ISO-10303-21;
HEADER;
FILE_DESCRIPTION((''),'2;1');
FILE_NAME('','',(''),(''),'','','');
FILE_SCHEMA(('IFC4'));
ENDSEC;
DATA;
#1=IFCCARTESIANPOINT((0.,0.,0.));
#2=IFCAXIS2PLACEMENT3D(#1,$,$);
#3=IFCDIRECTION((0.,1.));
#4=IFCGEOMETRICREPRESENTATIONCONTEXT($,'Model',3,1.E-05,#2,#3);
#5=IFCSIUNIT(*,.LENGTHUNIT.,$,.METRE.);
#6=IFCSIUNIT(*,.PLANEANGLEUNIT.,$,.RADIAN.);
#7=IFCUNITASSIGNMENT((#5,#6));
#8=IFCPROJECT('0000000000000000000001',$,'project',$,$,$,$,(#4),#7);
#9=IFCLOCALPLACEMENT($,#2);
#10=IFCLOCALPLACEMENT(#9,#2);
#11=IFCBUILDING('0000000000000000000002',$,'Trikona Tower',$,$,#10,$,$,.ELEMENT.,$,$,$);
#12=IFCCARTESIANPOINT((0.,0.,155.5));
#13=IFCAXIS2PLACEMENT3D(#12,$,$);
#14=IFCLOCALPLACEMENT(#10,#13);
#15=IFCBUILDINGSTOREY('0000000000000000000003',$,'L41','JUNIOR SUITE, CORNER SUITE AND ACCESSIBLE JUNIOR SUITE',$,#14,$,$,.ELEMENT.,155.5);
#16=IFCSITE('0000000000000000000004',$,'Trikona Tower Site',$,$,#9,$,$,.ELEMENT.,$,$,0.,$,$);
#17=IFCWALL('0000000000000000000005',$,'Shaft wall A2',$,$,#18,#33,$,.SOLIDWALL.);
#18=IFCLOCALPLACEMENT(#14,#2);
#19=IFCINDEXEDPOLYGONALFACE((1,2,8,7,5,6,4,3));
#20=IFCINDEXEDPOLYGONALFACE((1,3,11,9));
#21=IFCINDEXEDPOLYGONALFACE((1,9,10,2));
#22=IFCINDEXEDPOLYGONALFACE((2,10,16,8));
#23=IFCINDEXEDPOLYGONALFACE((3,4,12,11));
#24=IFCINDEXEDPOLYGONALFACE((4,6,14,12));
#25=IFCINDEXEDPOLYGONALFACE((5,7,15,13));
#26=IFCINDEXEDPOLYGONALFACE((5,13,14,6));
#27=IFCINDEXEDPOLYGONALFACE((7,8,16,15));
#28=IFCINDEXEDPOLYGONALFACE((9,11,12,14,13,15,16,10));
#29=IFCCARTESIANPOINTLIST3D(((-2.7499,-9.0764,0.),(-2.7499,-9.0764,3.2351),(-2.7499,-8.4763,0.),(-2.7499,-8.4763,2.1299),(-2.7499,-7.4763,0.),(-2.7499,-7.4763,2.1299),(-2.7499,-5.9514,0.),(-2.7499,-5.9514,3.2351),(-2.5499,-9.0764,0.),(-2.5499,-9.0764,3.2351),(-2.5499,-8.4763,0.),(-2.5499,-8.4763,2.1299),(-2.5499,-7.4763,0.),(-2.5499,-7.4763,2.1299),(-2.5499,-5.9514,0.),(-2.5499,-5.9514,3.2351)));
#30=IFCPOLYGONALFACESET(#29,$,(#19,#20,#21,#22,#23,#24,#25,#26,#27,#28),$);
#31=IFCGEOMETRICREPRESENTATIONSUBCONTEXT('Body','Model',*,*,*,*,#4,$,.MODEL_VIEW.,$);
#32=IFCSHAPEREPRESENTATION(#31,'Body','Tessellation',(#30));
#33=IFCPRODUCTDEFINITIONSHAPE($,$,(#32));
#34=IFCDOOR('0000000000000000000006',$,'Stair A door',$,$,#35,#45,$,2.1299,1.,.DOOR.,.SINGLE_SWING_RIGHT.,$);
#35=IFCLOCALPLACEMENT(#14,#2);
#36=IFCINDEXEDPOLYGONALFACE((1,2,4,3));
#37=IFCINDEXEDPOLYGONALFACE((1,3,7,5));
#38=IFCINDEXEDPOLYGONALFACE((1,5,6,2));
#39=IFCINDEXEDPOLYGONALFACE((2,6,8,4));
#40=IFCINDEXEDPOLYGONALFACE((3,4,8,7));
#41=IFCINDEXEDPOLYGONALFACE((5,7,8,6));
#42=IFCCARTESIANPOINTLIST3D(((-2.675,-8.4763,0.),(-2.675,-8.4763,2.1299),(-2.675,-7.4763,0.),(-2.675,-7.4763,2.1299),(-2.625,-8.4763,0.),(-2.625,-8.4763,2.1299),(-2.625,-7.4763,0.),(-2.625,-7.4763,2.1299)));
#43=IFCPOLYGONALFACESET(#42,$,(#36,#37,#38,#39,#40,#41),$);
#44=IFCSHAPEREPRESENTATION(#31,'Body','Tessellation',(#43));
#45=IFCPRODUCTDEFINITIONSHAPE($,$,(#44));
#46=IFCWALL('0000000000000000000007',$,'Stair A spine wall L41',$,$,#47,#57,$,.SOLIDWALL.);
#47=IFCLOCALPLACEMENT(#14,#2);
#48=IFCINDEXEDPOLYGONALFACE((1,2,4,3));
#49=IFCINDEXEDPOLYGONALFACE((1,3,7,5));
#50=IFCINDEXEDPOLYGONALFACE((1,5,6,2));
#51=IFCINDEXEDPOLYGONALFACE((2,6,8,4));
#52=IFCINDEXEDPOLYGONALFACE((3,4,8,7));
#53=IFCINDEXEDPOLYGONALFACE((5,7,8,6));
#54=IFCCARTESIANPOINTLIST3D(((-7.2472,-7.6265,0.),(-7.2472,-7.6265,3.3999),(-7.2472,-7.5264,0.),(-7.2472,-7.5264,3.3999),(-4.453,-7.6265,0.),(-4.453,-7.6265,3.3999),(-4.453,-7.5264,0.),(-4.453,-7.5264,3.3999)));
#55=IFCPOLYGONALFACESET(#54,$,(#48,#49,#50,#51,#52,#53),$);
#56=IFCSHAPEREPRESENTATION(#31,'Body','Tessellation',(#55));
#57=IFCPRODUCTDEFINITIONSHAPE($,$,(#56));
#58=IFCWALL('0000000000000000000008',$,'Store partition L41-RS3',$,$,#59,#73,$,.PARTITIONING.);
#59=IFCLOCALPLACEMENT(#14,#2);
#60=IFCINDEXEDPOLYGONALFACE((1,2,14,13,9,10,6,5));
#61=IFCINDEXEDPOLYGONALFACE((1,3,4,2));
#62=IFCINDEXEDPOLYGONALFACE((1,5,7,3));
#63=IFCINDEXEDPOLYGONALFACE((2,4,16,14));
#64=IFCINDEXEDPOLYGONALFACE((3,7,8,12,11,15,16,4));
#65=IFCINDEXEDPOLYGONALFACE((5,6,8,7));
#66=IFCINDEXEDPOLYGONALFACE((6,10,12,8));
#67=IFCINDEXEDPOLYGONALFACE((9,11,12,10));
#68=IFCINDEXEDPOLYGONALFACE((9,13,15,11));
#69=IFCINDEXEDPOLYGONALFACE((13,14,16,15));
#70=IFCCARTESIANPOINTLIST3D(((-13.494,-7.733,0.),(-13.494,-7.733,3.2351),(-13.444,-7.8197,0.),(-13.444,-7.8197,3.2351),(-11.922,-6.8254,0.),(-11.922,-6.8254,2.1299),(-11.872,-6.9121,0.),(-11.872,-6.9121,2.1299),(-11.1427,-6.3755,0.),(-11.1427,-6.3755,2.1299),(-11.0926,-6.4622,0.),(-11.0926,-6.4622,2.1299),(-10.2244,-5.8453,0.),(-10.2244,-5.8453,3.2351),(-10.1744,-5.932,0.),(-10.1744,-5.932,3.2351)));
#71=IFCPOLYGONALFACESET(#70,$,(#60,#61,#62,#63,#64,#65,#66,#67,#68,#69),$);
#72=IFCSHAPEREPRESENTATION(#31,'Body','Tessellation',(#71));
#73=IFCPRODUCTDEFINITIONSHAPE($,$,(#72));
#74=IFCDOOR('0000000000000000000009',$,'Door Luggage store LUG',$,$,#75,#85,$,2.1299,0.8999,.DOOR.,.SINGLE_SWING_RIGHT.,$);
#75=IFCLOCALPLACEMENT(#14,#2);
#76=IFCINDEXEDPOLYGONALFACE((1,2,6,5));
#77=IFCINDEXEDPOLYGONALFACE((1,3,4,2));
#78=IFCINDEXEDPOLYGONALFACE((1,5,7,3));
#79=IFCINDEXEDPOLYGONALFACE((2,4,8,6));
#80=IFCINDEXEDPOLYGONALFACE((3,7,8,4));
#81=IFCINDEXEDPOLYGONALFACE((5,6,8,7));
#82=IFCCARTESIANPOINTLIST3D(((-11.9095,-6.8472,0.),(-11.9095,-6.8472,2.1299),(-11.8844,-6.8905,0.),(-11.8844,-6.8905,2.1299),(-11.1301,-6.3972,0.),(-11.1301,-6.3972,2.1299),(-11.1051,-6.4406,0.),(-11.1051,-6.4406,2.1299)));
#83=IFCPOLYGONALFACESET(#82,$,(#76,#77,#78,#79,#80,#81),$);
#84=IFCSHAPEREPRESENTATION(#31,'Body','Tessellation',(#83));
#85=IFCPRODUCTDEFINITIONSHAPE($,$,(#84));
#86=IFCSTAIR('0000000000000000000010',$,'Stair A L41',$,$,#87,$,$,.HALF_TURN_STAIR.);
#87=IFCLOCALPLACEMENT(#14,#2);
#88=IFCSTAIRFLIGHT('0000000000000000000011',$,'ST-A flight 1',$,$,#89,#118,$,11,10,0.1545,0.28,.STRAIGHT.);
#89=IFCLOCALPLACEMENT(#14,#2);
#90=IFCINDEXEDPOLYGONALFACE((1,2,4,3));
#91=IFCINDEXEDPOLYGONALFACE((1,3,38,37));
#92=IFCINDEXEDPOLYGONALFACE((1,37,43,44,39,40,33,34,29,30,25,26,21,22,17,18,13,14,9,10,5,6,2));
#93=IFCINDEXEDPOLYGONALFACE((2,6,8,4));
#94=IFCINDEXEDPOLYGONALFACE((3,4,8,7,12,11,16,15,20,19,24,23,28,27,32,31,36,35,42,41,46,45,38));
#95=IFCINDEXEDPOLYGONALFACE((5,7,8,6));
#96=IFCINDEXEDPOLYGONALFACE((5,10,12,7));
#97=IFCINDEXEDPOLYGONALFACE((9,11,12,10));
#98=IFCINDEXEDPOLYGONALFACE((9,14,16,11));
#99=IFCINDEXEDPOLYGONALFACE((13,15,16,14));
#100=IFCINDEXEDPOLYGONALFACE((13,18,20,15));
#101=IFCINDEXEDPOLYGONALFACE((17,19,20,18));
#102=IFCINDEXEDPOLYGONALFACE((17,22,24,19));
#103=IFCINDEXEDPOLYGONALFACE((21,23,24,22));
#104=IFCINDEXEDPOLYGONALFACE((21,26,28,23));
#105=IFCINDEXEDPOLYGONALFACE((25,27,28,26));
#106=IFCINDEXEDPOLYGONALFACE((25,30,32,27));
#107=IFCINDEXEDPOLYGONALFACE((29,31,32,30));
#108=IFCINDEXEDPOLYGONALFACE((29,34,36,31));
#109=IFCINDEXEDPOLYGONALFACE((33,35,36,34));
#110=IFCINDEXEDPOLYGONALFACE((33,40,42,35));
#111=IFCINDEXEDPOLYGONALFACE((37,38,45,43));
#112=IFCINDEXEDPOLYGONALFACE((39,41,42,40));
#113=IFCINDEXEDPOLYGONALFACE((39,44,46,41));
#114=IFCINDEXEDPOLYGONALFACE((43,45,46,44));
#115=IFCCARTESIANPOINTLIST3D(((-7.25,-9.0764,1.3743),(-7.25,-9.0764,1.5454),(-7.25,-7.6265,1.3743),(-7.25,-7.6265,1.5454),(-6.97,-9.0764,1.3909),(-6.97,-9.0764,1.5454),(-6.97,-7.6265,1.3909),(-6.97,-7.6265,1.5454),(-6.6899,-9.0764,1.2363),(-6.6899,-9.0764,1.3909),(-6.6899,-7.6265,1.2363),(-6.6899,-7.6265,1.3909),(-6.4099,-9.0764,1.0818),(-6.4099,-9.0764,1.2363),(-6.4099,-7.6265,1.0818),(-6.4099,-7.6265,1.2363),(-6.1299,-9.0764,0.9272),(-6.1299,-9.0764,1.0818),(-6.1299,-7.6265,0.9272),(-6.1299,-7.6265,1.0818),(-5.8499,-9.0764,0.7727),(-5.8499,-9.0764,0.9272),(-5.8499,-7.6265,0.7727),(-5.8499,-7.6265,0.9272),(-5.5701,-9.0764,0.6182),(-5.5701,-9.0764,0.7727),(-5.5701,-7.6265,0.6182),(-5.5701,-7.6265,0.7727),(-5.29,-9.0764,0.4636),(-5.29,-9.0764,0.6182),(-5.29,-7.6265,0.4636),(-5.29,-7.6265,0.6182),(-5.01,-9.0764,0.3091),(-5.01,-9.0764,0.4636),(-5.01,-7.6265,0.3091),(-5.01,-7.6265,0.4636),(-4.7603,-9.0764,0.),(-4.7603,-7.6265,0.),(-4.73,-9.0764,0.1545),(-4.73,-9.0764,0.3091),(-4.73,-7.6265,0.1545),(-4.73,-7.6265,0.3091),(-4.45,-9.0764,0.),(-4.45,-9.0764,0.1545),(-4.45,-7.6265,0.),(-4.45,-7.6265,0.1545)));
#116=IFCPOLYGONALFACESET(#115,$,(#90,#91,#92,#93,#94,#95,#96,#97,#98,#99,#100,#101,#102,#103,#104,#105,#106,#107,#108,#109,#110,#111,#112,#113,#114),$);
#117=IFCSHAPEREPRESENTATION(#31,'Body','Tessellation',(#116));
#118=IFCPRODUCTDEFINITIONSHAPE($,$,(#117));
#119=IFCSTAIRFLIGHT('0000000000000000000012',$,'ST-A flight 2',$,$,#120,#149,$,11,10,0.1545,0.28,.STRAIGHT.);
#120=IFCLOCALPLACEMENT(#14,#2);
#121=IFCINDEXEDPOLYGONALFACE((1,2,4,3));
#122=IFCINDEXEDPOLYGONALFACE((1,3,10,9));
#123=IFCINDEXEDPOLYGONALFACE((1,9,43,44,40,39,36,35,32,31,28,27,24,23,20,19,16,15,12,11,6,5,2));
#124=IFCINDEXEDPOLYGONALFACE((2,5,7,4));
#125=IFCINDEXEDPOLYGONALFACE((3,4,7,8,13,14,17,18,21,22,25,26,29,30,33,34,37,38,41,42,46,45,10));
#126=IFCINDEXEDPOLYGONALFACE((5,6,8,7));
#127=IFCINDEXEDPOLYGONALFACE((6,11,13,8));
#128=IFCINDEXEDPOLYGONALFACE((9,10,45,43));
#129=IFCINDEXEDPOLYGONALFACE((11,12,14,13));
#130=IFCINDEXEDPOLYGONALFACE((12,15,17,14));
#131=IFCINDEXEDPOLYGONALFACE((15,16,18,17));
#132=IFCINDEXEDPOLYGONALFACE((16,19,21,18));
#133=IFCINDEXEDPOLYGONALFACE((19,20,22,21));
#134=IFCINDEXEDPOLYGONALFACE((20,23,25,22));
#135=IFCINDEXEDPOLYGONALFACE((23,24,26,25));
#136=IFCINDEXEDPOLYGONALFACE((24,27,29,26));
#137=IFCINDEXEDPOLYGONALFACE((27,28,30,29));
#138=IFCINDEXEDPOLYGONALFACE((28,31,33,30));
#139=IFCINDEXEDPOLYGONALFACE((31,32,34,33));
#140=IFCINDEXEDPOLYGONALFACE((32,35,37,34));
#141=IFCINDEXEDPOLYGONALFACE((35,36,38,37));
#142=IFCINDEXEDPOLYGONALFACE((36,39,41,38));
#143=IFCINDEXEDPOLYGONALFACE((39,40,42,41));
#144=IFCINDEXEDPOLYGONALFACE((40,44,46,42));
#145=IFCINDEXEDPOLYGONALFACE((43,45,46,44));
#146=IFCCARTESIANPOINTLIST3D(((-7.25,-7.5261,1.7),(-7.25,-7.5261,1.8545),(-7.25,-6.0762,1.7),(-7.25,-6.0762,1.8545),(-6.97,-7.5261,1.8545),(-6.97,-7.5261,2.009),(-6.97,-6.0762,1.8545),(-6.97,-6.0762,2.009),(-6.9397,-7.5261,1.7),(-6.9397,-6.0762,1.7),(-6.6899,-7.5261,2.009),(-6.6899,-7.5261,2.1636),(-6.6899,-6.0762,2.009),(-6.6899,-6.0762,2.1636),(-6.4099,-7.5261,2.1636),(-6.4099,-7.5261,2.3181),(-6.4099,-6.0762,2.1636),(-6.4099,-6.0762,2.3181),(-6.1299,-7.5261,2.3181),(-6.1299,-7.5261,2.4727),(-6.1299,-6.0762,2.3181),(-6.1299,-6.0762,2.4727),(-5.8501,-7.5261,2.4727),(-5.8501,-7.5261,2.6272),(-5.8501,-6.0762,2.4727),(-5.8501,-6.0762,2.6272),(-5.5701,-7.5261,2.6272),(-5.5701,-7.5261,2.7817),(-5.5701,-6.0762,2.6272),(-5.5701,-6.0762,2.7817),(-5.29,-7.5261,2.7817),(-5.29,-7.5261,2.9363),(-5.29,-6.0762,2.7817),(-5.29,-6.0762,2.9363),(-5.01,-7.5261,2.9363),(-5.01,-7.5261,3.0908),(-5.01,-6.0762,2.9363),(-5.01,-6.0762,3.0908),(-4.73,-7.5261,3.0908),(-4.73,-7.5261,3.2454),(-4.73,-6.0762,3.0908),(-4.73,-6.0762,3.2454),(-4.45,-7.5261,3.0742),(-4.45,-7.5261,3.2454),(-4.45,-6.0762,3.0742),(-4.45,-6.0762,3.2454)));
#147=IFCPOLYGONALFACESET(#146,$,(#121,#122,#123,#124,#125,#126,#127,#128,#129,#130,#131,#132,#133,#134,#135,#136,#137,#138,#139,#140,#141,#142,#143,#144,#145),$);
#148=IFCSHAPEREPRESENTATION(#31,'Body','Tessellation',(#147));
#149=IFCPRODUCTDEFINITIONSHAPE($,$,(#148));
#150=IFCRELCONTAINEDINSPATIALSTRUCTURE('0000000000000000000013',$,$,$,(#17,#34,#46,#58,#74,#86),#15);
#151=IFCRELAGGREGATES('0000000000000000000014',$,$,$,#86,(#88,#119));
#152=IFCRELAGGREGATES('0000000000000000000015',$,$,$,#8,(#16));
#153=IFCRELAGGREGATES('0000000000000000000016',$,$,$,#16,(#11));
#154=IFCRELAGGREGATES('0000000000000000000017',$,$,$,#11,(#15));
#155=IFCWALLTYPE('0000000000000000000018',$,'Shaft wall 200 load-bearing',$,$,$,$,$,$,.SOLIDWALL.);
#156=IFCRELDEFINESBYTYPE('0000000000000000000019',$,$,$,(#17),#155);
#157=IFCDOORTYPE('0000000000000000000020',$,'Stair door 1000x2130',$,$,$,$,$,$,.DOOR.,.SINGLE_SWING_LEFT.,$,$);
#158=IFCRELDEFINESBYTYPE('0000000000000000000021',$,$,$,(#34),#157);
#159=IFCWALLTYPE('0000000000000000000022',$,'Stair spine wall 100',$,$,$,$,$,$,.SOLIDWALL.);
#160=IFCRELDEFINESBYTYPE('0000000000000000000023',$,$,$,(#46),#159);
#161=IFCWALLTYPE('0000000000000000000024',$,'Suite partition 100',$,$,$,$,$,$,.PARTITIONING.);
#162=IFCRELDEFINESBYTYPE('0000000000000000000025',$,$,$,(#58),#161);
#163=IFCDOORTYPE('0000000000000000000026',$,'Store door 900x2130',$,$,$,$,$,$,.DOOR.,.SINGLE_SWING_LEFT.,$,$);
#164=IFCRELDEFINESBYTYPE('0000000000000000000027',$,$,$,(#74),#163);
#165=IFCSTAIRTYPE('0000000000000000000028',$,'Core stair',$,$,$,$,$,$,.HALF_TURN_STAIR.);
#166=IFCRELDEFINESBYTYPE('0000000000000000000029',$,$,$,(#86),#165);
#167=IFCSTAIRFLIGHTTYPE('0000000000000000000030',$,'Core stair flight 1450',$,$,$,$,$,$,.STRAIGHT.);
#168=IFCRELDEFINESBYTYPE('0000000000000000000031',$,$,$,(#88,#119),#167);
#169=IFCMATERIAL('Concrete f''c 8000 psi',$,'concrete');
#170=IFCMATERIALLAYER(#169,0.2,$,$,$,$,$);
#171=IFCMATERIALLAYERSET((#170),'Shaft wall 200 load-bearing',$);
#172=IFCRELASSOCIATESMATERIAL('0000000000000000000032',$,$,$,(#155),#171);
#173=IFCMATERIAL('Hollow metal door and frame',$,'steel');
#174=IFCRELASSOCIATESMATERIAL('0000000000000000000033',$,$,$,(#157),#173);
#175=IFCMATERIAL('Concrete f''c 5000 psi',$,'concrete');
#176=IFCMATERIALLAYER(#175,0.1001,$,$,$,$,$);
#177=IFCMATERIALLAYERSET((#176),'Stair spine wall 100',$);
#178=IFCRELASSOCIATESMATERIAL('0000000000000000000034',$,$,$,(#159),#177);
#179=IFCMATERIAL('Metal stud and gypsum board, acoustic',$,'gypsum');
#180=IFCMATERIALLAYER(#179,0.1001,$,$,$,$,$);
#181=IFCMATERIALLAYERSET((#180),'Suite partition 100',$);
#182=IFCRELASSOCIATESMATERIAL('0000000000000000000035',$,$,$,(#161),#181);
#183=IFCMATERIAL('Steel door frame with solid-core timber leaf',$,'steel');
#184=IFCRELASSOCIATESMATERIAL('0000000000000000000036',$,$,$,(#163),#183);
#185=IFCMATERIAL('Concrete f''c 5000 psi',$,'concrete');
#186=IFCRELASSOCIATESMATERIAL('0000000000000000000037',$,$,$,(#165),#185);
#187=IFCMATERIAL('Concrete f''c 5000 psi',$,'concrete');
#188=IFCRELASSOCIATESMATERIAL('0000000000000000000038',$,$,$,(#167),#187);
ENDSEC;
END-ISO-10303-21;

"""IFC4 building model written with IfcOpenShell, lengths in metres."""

from ifc_helpers import new_model, si_unit, direction, frame, frame_2d, origin, place, context, subcontext, project, spatial, polyline, rectangle, outline, extrude, material, layer, layer_set, type_object, element, fill, aggregate, save


model = new_model("IFC4")

# Units and contexts
model_context = context("Model", 3, precision=1e-05, world=origin(), true_north=direction((0.0, 1.0)))
body_context = subcontext(model_context, "Body", "Model", "MODEL_VIEW")
ifc_project = project(units=[si_unit("LENGTHUNIT", "METRE"), si_unit("PLANEANGLEUNIT", "RADIAN")], contexts=[model_context])

# Site, building, storey
site_placement = place(None, origin())
site = spatial("IfcSite", under=ifc_project, at=site_placement, Name="Trikona Tower Site", CompositionType="ELEMENT", RefElevation=0.0)
building_placement = place(site_placement, origin())
building = spatial("IfcBuilding", under=site, at=building_placement, Name="Trikona Tower", CompositionType="ELEMENT")
storey_placement = place(building_placement, frame((0.0, 0.0, 155.5)))
storey = spatial("IfcBuildingStorey", under=building, at=storey_placement, Name="L41", Description="JUNIOR SUITE, CORNER SUITE AND ACCESSIBLE JUNIOR SUITE", CompositionType="ELEMENT", Elevation=155.5)

# Shared definitions
ifc_material_1 = material(Name="Concrete f'c 8000 psi", Category="concrete")
ifc_layer_1 = layer(ifc_material_1, 0.2)
ifc_layer_set_1 = layer_set([ifc_layer_1], Name="Shaft wall 200 load-bearing")
wall_type_1 = type_object("IfcWallType", Name="Shaft wall 200 load-bearing", PredefinedType="SOLIDWALL", material=ifc_layer_set_1)

# Wall, opening, door
wall_1_placement = place(storey_placement, frame((-2.6499, -5.9514, 0.0), z_axis=(0.0, 0.0, 1.0), x_axis=(0.0, -1.0, 0.0)))
wall_1 = element("IfcWall", 1, at=wall_1_placement, inside=storey, type_object=wall_type_1, Name="Shaft wall A2", PredefinedType="SOLIDWALL", context=body_context, shape_type="SweptSolid", body=[
    extrude(rectangle(XDim=3.125, YDim=0.2, at=frame_2d((1.5625, 0.0))), origin(), (0.0, 0.0, 1.0), 3.2351),
])
opening_1_placement = place(wall_1_placement, frame((1.5249, 0.0, 0.0)))
opening_1 = element("IfcOpeningElement", 2, at=opening_1_placement, cuts=wall_1, PredefinedType="OPENING", context=body_context, shape_type="SweptSolid", body=[
    extrude(rectangle(XDim=1.0, YDim=2.1299, at=frame_2d((0.5, 1.0649))), frame((0.0, 0.1099, 0.0), z_axis=(0.0, -1.0, 0.0), x_axis=(1.0, 0.0, 0.0)), (0.0, 0.0, 1.0), 0.22),
])
ifc_material_2 = material(Name="Hollow metal door and frame", Category="steel")
door_type_1 = type_object("IfcDoorType", Name="Stair door 1000x2130", OperationType="SINGLE_SWING_LEFT", PredefinedType="DOOR", material=ifc_material_2)
door_1_placement = place(opening_1_placement, origin())
door_1 = element("IfcDoor", 3, at=door_1_placement, inside=storey, type_object=door_type_1, Name="Stair A door", OperationType="SINGLE_SWING_RIGHT", OverallHeight=2.1299, OverallWidth=1.0, PredefinedType="DOOR", context=body_context, shape_type="SweptSolid", body=[
    extrude(rectangle(XDim=1.0, YDim=2.1299, at=frame_2d((0.5, 1.0649))), frame((0.0, 0.0249, 0.0), z_axis=(0.0, -1.0, 0.0), x_axis=(1.0, 0.0, 0.0)), (0.0, 0.0, 1.0), 0.05),
])
fill(opening_1, door_1)

# Wall
ifc_material_3 = material(Name="Concrete f'c 5000 psi", Category="concrete")
ifc_layer_2 = layer(ifc_material_3, 0.1001)
ifc_layer_set_2 = layer_set([ifc_layer_2], Name="Stair spine wall 100")
wall_type_2 = type_object("IfcWallType", Name="Stair spine wall 100", PredefinedType="SOLIDWALL", material=ifc_layer_set_2)
wall_2_placement = place(storey_placement, frame((-7.2471, -7.5764, 0.0), z_axis=(0.0, 0.0, 1.0), x_axis=(1.0, 0.0, 0.0)))
element("IfcWall", 4, at=wall_2_placement, inside=storey, type_object=wall_type_2, Name="Stair A spine wall L41", PredefinedType="SOLIDWALL", context=body_context, shape_type="SweptSolid", body=[
    extrude(rectangle(XDim=2.7942, YDim=0.1001, at=frame_2d((1.397, 0.0))), origin(), (0.0, 0.0, 1.0), 3.3999),
])

# Wall, opening, door
ifc_material_4 = material(Name="Metal stud and gypsum board, acoustic", Category="gypsum")
ifc_layer_3 = layer(ifc_material_4, 0.1001)
ifc_layer_set_3 = layer_set([ifc_layer_3], Name="Suite partition 100")
wall_type_3 = type_object("IfcWallType", Name="Suite partition 100", PredefinedType="PARTITIONING", material=ifc_layer_set_3)
wall_3_placement = place(storey_placement, frame((-13.469, -7.7764, 0.0), z_axis=(0.0, 0.0, 1.0), x_axis=(0.866022, 0.500006, 0.0)))
wall_3 = element("IfcWall", 5, at=wall_3_placement, inside=storey, type_object=wall_type_3, Name="Store partition L41-RS3", PredefinedType="PARTITIONING", context=body_context, shape_type="SweptSolid", body=[
    extrude(rectangle(XDim=3.7754, YDim=0.1001, at=frame_2d((1.8877, 0.0))), origin(), (0.0, 0.0, 1.0), 3.2351),
])
opening_2_placement = place(wall_3_placement, frame((1.8152, 0.0, 0.0)))
opening_2 = element("IfcOpeningElement", 6, at=opening_2_placement, cuts=wall_3, PredefinedType="OPENING", context=body_context, shape_type="SweptSolid", body=[
    extrude(rectangle(XDim=0.8999, YDim=2.1299, at=frame_2d((0.45, 1.0649))), frame((0.0, 0.0601, 0.0), z_axis=(0.0, -1.0, 0.0), x_axis=(1.0, 0.0, 0.0)), (0.0, 0.0, 1.0), 0.1201),
])
ifc_material_5 = material(Name="Steel door frame with solid-core timber leaf", Category="steel")
door_type_2 = type_object("IfcDoorType", Name="Store door 900x2130", OperationType="SINGLE_SWING_LEFT", PredefinedType="DOOR", material=ifc_material_5)
door_2_placement = place(opening_2_placement, origin())
door_2 = element("IfcDoor", 7, at=door_2_placement, inside=storey, type_object=door_type_2, Name="Door Luggage store LUG", OperationType="SINGLE_SWING_RIGHT", OverallHeight=2.1299, OverallWidth=0.8999, PredefinedType="DOOR", context=body_context, shape_type="SweptSolid", body=[
    extrude(rectangle(XDim=0.8999, YDim=2.1299, at=frame_2d((0.45, 1.0649))), frame((0.0, 0.0249, 0.0), z_axis=(0.0, -1.0, 0.0), x_axis=(1.0, 0.0, 0.0)), (0.0, 0.0, 1.0), 0.05),
])
fill(opening_2, door_2)

# Stair, stair flights
ifc_material_6 = material(Name="Concrete f'c 5000 psi", Category="concrete")
stair_type = type_object("IfcStairType", Name="Core stair", PredefinedType="HALF_TURN_STAIR", material=ifc_material_6)
stair_placement = place(storey_placement, origin())
stair = element("IfcStair", 8, at=stair_placement, inside=storey, type_object=stair_type, Name="Stair A L41", PredefinedType="HALF_TURN_STAIR")
ifc_material_7 = material(Name="Concrete f'c 5000 psi", Category="concrete")
stair_flight_type = type_object("IfcStairFlightType", Name="Core stair flight 1450", PredefinedType="STRAIGHT", material=ifc_material_7)
stair_flight_1_placement = place(storey_placement, frame((-4.45, -8.3513, 0.0), z_axis=(0.0, 0.0, 1.0), x_axis=(-1.0, 0.0, 0.0)))
stair_flight_1 = element("IfcStairFlight", 9, at=stair_flight_1_placement, type_object=stair_flight_type, Name="ST-A flight 1", NumberOfRisers=11, NumberOfTreads=10, PredefinedType="STRAIGHT", RiserHeight=0.1545, TreadLength=0.28, context=body_context, shape_type="SweptSolid", body=[
    extrude(outline(polyline([(0.0, 0.0), (0.0, 0.1545), (0.28, 0.1545), (0.28, 0.3091), (0.5601, 0.3091), (0.5601, 0.4636), (0.8401, 0.4636), (0.8401, 0.6182), (1.1201, 0.6182), (1.1201, 0.7727), (1.3999, 0.7727), (1.3999, 0.9272), (1.6799, 0.9272), (1.6799, 1.0818), (1.96, 1.0818), (1.96, 1.2363), (2.24, 1.2363), (2.24, 1.3909), (2.52, 1.3909), (2.52, 1.5454), (2.8, 1.5454), (2.8, 1.7), (2.8, 1.3743), (0.3103, 0.0), (0.0, 0.0)])), frame((0.0, 0.7251, 0.0), z_axis=(0.0, -1.0, 0.0), x_axis=(1.0, 0.0, 0.0)), (0.0, 0.0, 1.0), 1.45),
])
stair_flight_2_placement = place(storey_placement, frame((-7.25, -6.8013, 1.7), z_axis=(0.0, 0.0, 1.0), x_axis=(1.0, 0.0, 0.0)))
stair_flight_2 = element("IfcStairFlight", 10, at=stair_flight_2_placement, type_object=stair_flight_type, Name="ST-A flight 2", NumberOfRisers=11, NumberOfTreads=10, PredefinedType="STRAIGHT", RiserHeight=0.1545, TreadLength=0.28, context=body_context, shape_type="SweptSolid", body=[
    extrude(outline(polyline([(0.0, 0.0), (0.0, 0.1545), (0.28, 0.1545), (0.28, 0.3091), (0.5601, 0.3091), (0.5601, 0.4636), (0.8401, 0.4636), (0.8401, 0.6182), (1.1201, 0.6182), (1.1201, 0.7727), (1.3999, 0.7727), (1.3999, 0.9272), (1.6799, 0.9272), (1.6799, 1.0818), (1.96, 1.0818), (1.96, 1.2363), (2.24, 1.2363), (2.24, 1.3909), (2.52, 1.3909), (2.52, 1.5454), (2.8, 1.5454), (2.8, 1.7), (2.8, 1.3743), (0.3103, 0.0), (0.0, 0.0)])), frame((0.0, 0.7251, 0.0), z_axis=(0.0, -1.0, 0.0), x_axis=(1.0, 0.0, 0.0)), (0.0, 0.0, 1.0), 1.45),
])
aggregate(stair, [stair_flight_1, stair_flight_2])

save(model, "model.ifc")
